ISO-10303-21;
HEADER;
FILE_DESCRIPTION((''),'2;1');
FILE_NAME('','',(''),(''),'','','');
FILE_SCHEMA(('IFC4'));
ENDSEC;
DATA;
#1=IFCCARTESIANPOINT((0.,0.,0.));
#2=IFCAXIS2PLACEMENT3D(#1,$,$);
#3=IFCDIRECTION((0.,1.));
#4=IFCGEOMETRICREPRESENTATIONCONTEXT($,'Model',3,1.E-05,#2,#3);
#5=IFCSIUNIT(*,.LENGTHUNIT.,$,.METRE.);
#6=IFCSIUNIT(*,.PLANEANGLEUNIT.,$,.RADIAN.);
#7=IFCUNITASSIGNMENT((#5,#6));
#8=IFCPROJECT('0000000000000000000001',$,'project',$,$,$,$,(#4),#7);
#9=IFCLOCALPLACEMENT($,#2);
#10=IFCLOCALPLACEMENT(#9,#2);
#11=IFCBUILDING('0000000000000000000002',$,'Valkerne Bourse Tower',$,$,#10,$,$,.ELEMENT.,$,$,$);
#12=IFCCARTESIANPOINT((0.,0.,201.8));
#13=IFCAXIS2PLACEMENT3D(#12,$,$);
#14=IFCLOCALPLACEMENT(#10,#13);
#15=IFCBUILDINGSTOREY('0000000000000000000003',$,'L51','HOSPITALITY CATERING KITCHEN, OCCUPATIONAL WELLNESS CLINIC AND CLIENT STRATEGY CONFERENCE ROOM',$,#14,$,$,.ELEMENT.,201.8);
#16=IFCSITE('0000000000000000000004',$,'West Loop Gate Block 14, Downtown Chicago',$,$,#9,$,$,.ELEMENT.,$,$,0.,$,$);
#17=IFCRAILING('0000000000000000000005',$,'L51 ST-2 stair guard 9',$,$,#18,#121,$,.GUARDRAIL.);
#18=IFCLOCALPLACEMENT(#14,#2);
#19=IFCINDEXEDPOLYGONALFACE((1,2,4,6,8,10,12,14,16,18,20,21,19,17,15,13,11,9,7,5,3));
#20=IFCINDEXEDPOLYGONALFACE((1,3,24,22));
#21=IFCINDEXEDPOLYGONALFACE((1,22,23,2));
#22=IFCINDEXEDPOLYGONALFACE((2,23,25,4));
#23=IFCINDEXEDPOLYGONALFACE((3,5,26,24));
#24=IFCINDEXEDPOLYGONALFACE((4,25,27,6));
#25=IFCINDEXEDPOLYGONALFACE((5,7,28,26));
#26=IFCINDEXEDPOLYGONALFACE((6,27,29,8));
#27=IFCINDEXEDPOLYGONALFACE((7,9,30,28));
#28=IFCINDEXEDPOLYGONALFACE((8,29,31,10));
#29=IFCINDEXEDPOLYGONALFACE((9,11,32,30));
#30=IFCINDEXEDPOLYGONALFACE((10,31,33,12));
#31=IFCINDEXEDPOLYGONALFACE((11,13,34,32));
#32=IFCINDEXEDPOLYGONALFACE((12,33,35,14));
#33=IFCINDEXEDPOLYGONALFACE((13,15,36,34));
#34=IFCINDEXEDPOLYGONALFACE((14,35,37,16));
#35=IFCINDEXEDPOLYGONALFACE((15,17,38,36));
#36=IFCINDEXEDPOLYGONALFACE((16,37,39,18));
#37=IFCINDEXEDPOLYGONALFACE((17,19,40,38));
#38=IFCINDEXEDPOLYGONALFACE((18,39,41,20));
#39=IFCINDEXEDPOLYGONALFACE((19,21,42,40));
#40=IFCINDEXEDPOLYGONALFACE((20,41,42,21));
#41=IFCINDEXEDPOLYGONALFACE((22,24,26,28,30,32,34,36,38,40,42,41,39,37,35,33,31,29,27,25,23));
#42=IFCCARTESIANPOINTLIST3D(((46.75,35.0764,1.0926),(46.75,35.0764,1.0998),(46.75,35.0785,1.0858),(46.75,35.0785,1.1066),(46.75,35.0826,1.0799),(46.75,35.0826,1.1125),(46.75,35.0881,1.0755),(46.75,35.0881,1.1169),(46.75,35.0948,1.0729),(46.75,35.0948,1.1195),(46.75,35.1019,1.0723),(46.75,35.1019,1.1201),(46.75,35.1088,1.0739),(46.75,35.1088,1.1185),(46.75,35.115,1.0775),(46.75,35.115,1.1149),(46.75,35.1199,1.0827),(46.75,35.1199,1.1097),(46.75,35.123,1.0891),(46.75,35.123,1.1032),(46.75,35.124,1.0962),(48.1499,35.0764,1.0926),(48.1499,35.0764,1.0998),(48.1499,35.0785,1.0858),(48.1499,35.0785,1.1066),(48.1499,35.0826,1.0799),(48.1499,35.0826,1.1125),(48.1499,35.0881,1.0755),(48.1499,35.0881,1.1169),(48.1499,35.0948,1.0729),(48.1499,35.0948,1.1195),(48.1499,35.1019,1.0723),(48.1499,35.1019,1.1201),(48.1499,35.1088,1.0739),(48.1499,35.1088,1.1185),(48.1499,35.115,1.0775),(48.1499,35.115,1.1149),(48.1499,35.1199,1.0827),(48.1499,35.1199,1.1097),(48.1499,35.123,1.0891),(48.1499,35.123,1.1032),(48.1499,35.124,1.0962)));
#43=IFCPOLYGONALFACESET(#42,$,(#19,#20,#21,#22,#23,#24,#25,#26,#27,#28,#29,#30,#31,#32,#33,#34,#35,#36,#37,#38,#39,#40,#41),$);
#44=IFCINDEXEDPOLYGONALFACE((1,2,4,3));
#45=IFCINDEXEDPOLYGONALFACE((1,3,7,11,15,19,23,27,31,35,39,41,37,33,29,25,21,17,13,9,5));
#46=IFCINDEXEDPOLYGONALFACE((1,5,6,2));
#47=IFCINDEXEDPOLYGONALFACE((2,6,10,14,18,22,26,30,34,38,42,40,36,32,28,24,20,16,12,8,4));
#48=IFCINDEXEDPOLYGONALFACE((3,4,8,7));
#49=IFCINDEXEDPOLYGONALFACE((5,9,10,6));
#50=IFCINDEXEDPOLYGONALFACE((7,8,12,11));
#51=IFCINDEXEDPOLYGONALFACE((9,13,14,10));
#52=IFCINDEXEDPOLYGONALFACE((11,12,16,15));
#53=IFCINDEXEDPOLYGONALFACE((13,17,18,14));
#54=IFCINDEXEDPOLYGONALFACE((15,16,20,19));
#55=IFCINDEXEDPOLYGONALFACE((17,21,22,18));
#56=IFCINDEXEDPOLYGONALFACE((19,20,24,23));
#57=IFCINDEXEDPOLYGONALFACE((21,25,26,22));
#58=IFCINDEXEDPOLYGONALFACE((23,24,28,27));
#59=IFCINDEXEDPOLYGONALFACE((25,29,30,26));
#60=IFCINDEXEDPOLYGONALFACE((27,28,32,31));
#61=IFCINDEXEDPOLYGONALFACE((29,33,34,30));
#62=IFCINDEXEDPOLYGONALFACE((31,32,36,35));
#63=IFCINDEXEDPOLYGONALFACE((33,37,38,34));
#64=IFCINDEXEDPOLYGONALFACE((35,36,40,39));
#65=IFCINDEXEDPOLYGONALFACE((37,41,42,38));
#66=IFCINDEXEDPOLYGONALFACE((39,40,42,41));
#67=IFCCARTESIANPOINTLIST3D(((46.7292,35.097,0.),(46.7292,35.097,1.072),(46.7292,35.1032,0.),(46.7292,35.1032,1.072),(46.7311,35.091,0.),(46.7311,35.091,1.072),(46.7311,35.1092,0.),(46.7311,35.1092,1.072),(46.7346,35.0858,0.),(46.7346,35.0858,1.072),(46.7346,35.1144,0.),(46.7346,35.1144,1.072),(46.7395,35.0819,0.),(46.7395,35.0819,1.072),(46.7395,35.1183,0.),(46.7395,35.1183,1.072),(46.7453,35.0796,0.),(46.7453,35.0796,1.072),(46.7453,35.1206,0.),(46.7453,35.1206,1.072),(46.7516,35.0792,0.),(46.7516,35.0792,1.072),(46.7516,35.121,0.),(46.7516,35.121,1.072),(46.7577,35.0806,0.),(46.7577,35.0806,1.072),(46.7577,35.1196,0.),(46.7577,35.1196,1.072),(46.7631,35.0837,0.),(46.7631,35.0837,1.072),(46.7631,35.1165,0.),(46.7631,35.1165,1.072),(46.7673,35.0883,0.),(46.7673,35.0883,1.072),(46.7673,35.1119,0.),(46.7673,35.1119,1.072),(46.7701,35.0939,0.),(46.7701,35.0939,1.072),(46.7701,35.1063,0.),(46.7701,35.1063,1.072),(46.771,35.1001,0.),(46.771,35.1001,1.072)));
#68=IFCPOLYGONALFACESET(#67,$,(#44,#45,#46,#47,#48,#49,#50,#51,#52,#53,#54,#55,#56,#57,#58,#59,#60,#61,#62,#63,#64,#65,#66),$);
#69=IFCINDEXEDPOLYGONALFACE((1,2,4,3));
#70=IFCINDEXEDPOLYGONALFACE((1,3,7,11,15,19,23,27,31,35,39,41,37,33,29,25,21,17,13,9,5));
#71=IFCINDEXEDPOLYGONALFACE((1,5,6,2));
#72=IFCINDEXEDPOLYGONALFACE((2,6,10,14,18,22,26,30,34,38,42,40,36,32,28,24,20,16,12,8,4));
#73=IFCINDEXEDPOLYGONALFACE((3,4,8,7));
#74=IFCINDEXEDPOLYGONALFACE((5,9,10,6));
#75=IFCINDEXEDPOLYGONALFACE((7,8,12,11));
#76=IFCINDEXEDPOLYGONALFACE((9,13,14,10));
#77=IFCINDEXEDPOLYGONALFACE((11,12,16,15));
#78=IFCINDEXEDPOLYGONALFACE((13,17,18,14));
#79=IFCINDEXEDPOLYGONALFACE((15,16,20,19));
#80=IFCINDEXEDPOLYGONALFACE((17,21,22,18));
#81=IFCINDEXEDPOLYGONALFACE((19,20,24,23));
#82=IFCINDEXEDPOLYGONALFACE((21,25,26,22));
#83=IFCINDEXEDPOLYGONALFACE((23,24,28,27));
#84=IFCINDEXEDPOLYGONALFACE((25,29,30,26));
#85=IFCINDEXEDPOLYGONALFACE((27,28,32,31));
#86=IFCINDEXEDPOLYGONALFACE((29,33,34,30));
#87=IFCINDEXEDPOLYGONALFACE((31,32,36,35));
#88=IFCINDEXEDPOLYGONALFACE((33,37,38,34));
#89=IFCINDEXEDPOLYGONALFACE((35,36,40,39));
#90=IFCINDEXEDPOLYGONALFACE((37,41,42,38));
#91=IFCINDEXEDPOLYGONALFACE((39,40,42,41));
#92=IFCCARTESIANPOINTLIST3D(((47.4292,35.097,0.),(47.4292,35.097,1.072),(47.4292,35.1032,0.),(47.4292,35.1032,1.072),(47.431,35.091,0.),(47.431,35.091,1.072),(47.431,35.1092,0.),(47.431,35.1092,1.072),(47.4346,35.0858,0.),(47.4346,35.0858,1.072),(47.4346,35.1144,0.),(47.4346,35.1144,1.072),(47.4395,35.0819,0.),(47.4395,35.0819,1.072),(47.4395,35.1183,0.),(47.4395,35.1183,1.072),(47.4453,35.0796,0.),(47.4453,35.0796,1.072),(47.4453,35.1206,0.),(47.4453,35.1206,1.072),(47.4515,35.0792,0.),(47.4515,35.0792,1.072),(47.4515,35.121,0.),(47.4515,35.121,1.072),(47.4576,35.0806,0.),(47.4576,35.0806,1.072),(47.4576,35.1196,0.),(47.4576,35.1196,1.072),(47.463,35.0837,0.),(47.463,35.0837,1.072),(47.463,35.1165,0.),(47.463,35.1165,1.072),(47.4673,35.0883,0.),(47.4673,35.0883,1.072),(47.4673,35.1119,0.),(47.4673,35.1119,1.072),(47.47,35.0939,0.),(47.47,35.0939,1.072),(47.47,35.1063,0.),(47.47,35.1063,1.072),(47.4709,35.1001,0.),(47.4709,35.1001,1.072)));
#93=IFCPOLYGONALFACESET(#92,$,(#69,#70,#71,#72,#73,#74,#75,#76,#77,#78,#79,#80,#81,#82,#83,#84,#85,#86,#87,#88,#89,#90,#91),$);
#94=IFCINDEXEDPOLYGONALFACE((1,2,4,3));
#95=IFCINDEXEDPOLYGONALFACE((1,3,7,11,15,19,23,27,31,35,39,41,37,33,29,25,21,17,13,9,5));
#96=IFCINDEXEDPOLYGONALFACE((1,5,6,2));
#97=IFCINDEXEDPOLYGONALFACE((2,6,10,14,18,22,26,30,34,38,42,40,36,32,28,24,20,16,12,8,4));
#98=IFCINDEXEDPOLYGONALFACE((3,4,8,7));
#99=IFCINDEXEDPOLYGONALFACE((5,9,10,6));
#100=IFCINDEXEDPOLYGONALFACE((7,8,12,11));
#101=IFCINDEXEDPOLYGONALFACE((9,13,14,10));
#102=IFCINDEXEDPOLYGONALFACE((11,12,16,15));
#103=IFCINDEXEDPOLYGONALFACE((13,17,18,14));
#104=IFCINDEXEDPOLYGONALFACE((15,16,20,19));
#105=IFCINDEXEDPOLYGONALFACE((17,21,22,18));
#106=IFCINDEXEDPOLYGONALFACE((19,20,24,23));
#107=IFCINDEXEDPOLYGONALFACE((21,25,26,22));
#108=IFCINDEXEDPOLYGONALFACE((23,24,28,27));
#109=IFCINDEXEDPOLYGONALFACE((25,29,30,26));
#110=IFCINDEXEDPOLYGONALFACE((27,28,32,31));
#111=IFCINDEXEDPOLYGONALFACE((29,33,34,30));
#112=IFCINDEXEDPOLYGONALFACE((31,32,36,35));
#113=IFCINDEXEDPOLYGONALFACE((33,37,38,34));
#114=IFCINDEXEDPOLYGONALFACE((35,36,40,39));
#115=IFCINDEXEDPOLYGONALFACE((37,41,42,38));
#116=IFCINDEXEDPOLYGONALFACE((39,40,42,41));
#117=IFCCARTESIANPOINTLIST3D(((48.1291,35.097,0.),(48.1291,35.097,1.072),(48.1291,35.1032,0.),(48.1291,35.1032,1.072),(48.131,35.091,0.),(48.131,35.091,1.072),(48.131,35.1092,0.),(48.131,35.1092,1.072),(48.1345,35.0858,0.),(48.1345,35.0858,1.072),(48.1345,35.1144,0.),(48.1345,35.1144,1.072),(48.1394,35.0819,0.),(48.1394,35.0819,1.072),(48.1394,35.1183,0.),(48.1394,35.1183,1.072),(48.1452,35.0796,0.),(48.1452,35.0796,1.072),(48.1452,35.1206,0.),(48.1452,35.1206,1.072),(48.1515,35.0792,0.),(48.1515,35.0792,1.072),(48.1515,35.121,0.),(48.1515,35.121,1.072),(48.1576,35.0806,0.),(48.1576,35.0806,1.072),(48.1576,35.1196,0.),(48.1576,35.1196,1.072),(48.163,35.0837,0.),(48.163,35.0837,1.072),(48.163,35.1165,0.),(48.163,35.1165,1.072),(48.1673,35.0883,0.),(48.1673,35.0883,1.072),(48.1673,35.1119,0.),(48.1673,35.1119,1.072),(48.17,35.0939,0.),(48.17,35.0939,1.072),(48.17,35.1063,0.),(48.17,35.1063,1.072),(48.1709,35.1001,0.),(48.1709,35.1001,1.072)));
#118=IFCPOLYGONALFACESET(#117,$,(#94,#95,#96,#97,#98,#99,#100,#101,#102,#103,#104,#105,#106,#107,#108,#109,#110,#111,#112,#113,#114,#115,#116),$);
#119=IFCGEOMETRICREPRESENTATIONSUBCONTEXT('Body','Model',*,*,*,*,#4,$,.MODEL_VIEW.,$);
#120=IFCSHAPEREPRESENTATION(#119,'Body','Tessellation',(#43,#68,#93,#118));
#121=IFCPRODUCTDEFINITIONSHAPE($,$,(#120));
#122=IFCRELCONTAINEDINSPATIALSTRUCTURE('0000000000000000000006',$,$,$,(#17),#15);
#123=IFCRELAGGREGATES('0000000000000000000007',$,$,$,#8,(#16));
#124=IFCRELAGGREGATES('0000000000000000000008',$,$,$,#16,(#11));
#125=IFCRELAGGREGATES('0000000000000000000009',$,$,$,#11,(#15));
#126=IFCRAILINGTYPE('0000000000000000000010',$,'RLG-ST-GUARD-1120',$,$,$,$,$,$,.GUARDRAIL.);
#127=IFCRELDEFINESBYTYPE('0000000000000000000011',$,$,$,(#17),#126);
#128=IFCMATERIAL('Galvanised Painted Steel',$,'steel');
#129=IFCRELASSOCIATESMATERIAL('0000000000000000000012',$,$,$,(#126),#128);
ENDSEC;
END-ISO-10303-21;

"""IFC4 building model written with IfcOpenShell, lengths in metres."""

from ifc_helpers import new_model, si_unit, direction, frame, origin, origin_2d, place, context, subcontext, project, spatial, circle, extrude, material, type_object, element, save


model = new_model("IFC4")

# Units and contexts
model_context = context("Model", 3, precision=1e-05, world=origin(), true_north=direction((0.0, 1.0)))
body_context = subcontext(model_context, "Body", "Model", "MODEL_VIEW")
ifc_project = project(units=[si_unit("LENGTHUNIT", "METRE"), si_unit("PLANEANGLEUNIT", "RADIAN")], contexts=[model_context])

# Site, building, storey
site_placement = place(None, origin())
site = spatial("IfcSite", under=ifc_project, at=site_placement, Name="West Loop Gate Block 14, Downtown Chicago", CompositionType="ELEMENT", RefElevation=0.0)
building_placement = place(site_placement, origin())
building = spatial("IfcBuilding", under=site, at=building_placement, Name="Valkerne Bourse Tower", CompositionType="ELEMENT")
storey_placement = place(building_placement, frame((0.0, 0.0, 201.8)))
storey = spatial("IfcBuildingStorey", under=building, at=storey_placement, Name="L51", Description="HOSPITALITY CATERING KITCHEN, OCCUPATIONAL WELLNESS CLINIC AND CLIENT STRATEGY CONFERENCE ROOM", CompositionType="ELEMENT", Elevation=201.8)

# Shared definitions
ifc_material_1 = material(Name="Galvanised Painted Steel", Category="steel")

# Railing
railing_type_1 = type_object("IfcRailingType", Name="RLG-ST-GUARD-1120", PredefinedType="GUARDRAIL", material=ifc_material_1)
for number, where, name in (
    (1, (46.75, 35.1001, 0.0), "L51 ST-2 stair guard 9"),
):
    element("IfcRailing", number, at=place(storey_placement, frame(where)), inside=storey, type_object=railing_type_1, Name=name, PredefinedType="GUARDRAIL", context=body_context, shape_type="SweptSolid", body=[
        extrude(circle(Radius=0.0239, at=origin_2d()), frame((0.0, 0.0, 1.0962), z_axis=(1.0, 0.0, 0.0), x_axis=(0.0, 1.0, 0.0)), (0.0, 0.0, 1.0), 1.3999),
        extrude(circle(Radius=0.021, at=origin_2d()), origin(), (0.0, 0.0, 1.0), 1.072),
        extrude(circle(Radius=0.021, at=origin_2d()), frame((0.7, 0.0, 0.0)), (0.0, 0.0, 1.0), 1.072),
        extrude(circle(Radius=0.021, at=origin_2d()), frame((1.3999, 0.0, 0.0)), (0.0, 0.0, 1.0), 1.072),
    ])

save(model, "model.ifc")
